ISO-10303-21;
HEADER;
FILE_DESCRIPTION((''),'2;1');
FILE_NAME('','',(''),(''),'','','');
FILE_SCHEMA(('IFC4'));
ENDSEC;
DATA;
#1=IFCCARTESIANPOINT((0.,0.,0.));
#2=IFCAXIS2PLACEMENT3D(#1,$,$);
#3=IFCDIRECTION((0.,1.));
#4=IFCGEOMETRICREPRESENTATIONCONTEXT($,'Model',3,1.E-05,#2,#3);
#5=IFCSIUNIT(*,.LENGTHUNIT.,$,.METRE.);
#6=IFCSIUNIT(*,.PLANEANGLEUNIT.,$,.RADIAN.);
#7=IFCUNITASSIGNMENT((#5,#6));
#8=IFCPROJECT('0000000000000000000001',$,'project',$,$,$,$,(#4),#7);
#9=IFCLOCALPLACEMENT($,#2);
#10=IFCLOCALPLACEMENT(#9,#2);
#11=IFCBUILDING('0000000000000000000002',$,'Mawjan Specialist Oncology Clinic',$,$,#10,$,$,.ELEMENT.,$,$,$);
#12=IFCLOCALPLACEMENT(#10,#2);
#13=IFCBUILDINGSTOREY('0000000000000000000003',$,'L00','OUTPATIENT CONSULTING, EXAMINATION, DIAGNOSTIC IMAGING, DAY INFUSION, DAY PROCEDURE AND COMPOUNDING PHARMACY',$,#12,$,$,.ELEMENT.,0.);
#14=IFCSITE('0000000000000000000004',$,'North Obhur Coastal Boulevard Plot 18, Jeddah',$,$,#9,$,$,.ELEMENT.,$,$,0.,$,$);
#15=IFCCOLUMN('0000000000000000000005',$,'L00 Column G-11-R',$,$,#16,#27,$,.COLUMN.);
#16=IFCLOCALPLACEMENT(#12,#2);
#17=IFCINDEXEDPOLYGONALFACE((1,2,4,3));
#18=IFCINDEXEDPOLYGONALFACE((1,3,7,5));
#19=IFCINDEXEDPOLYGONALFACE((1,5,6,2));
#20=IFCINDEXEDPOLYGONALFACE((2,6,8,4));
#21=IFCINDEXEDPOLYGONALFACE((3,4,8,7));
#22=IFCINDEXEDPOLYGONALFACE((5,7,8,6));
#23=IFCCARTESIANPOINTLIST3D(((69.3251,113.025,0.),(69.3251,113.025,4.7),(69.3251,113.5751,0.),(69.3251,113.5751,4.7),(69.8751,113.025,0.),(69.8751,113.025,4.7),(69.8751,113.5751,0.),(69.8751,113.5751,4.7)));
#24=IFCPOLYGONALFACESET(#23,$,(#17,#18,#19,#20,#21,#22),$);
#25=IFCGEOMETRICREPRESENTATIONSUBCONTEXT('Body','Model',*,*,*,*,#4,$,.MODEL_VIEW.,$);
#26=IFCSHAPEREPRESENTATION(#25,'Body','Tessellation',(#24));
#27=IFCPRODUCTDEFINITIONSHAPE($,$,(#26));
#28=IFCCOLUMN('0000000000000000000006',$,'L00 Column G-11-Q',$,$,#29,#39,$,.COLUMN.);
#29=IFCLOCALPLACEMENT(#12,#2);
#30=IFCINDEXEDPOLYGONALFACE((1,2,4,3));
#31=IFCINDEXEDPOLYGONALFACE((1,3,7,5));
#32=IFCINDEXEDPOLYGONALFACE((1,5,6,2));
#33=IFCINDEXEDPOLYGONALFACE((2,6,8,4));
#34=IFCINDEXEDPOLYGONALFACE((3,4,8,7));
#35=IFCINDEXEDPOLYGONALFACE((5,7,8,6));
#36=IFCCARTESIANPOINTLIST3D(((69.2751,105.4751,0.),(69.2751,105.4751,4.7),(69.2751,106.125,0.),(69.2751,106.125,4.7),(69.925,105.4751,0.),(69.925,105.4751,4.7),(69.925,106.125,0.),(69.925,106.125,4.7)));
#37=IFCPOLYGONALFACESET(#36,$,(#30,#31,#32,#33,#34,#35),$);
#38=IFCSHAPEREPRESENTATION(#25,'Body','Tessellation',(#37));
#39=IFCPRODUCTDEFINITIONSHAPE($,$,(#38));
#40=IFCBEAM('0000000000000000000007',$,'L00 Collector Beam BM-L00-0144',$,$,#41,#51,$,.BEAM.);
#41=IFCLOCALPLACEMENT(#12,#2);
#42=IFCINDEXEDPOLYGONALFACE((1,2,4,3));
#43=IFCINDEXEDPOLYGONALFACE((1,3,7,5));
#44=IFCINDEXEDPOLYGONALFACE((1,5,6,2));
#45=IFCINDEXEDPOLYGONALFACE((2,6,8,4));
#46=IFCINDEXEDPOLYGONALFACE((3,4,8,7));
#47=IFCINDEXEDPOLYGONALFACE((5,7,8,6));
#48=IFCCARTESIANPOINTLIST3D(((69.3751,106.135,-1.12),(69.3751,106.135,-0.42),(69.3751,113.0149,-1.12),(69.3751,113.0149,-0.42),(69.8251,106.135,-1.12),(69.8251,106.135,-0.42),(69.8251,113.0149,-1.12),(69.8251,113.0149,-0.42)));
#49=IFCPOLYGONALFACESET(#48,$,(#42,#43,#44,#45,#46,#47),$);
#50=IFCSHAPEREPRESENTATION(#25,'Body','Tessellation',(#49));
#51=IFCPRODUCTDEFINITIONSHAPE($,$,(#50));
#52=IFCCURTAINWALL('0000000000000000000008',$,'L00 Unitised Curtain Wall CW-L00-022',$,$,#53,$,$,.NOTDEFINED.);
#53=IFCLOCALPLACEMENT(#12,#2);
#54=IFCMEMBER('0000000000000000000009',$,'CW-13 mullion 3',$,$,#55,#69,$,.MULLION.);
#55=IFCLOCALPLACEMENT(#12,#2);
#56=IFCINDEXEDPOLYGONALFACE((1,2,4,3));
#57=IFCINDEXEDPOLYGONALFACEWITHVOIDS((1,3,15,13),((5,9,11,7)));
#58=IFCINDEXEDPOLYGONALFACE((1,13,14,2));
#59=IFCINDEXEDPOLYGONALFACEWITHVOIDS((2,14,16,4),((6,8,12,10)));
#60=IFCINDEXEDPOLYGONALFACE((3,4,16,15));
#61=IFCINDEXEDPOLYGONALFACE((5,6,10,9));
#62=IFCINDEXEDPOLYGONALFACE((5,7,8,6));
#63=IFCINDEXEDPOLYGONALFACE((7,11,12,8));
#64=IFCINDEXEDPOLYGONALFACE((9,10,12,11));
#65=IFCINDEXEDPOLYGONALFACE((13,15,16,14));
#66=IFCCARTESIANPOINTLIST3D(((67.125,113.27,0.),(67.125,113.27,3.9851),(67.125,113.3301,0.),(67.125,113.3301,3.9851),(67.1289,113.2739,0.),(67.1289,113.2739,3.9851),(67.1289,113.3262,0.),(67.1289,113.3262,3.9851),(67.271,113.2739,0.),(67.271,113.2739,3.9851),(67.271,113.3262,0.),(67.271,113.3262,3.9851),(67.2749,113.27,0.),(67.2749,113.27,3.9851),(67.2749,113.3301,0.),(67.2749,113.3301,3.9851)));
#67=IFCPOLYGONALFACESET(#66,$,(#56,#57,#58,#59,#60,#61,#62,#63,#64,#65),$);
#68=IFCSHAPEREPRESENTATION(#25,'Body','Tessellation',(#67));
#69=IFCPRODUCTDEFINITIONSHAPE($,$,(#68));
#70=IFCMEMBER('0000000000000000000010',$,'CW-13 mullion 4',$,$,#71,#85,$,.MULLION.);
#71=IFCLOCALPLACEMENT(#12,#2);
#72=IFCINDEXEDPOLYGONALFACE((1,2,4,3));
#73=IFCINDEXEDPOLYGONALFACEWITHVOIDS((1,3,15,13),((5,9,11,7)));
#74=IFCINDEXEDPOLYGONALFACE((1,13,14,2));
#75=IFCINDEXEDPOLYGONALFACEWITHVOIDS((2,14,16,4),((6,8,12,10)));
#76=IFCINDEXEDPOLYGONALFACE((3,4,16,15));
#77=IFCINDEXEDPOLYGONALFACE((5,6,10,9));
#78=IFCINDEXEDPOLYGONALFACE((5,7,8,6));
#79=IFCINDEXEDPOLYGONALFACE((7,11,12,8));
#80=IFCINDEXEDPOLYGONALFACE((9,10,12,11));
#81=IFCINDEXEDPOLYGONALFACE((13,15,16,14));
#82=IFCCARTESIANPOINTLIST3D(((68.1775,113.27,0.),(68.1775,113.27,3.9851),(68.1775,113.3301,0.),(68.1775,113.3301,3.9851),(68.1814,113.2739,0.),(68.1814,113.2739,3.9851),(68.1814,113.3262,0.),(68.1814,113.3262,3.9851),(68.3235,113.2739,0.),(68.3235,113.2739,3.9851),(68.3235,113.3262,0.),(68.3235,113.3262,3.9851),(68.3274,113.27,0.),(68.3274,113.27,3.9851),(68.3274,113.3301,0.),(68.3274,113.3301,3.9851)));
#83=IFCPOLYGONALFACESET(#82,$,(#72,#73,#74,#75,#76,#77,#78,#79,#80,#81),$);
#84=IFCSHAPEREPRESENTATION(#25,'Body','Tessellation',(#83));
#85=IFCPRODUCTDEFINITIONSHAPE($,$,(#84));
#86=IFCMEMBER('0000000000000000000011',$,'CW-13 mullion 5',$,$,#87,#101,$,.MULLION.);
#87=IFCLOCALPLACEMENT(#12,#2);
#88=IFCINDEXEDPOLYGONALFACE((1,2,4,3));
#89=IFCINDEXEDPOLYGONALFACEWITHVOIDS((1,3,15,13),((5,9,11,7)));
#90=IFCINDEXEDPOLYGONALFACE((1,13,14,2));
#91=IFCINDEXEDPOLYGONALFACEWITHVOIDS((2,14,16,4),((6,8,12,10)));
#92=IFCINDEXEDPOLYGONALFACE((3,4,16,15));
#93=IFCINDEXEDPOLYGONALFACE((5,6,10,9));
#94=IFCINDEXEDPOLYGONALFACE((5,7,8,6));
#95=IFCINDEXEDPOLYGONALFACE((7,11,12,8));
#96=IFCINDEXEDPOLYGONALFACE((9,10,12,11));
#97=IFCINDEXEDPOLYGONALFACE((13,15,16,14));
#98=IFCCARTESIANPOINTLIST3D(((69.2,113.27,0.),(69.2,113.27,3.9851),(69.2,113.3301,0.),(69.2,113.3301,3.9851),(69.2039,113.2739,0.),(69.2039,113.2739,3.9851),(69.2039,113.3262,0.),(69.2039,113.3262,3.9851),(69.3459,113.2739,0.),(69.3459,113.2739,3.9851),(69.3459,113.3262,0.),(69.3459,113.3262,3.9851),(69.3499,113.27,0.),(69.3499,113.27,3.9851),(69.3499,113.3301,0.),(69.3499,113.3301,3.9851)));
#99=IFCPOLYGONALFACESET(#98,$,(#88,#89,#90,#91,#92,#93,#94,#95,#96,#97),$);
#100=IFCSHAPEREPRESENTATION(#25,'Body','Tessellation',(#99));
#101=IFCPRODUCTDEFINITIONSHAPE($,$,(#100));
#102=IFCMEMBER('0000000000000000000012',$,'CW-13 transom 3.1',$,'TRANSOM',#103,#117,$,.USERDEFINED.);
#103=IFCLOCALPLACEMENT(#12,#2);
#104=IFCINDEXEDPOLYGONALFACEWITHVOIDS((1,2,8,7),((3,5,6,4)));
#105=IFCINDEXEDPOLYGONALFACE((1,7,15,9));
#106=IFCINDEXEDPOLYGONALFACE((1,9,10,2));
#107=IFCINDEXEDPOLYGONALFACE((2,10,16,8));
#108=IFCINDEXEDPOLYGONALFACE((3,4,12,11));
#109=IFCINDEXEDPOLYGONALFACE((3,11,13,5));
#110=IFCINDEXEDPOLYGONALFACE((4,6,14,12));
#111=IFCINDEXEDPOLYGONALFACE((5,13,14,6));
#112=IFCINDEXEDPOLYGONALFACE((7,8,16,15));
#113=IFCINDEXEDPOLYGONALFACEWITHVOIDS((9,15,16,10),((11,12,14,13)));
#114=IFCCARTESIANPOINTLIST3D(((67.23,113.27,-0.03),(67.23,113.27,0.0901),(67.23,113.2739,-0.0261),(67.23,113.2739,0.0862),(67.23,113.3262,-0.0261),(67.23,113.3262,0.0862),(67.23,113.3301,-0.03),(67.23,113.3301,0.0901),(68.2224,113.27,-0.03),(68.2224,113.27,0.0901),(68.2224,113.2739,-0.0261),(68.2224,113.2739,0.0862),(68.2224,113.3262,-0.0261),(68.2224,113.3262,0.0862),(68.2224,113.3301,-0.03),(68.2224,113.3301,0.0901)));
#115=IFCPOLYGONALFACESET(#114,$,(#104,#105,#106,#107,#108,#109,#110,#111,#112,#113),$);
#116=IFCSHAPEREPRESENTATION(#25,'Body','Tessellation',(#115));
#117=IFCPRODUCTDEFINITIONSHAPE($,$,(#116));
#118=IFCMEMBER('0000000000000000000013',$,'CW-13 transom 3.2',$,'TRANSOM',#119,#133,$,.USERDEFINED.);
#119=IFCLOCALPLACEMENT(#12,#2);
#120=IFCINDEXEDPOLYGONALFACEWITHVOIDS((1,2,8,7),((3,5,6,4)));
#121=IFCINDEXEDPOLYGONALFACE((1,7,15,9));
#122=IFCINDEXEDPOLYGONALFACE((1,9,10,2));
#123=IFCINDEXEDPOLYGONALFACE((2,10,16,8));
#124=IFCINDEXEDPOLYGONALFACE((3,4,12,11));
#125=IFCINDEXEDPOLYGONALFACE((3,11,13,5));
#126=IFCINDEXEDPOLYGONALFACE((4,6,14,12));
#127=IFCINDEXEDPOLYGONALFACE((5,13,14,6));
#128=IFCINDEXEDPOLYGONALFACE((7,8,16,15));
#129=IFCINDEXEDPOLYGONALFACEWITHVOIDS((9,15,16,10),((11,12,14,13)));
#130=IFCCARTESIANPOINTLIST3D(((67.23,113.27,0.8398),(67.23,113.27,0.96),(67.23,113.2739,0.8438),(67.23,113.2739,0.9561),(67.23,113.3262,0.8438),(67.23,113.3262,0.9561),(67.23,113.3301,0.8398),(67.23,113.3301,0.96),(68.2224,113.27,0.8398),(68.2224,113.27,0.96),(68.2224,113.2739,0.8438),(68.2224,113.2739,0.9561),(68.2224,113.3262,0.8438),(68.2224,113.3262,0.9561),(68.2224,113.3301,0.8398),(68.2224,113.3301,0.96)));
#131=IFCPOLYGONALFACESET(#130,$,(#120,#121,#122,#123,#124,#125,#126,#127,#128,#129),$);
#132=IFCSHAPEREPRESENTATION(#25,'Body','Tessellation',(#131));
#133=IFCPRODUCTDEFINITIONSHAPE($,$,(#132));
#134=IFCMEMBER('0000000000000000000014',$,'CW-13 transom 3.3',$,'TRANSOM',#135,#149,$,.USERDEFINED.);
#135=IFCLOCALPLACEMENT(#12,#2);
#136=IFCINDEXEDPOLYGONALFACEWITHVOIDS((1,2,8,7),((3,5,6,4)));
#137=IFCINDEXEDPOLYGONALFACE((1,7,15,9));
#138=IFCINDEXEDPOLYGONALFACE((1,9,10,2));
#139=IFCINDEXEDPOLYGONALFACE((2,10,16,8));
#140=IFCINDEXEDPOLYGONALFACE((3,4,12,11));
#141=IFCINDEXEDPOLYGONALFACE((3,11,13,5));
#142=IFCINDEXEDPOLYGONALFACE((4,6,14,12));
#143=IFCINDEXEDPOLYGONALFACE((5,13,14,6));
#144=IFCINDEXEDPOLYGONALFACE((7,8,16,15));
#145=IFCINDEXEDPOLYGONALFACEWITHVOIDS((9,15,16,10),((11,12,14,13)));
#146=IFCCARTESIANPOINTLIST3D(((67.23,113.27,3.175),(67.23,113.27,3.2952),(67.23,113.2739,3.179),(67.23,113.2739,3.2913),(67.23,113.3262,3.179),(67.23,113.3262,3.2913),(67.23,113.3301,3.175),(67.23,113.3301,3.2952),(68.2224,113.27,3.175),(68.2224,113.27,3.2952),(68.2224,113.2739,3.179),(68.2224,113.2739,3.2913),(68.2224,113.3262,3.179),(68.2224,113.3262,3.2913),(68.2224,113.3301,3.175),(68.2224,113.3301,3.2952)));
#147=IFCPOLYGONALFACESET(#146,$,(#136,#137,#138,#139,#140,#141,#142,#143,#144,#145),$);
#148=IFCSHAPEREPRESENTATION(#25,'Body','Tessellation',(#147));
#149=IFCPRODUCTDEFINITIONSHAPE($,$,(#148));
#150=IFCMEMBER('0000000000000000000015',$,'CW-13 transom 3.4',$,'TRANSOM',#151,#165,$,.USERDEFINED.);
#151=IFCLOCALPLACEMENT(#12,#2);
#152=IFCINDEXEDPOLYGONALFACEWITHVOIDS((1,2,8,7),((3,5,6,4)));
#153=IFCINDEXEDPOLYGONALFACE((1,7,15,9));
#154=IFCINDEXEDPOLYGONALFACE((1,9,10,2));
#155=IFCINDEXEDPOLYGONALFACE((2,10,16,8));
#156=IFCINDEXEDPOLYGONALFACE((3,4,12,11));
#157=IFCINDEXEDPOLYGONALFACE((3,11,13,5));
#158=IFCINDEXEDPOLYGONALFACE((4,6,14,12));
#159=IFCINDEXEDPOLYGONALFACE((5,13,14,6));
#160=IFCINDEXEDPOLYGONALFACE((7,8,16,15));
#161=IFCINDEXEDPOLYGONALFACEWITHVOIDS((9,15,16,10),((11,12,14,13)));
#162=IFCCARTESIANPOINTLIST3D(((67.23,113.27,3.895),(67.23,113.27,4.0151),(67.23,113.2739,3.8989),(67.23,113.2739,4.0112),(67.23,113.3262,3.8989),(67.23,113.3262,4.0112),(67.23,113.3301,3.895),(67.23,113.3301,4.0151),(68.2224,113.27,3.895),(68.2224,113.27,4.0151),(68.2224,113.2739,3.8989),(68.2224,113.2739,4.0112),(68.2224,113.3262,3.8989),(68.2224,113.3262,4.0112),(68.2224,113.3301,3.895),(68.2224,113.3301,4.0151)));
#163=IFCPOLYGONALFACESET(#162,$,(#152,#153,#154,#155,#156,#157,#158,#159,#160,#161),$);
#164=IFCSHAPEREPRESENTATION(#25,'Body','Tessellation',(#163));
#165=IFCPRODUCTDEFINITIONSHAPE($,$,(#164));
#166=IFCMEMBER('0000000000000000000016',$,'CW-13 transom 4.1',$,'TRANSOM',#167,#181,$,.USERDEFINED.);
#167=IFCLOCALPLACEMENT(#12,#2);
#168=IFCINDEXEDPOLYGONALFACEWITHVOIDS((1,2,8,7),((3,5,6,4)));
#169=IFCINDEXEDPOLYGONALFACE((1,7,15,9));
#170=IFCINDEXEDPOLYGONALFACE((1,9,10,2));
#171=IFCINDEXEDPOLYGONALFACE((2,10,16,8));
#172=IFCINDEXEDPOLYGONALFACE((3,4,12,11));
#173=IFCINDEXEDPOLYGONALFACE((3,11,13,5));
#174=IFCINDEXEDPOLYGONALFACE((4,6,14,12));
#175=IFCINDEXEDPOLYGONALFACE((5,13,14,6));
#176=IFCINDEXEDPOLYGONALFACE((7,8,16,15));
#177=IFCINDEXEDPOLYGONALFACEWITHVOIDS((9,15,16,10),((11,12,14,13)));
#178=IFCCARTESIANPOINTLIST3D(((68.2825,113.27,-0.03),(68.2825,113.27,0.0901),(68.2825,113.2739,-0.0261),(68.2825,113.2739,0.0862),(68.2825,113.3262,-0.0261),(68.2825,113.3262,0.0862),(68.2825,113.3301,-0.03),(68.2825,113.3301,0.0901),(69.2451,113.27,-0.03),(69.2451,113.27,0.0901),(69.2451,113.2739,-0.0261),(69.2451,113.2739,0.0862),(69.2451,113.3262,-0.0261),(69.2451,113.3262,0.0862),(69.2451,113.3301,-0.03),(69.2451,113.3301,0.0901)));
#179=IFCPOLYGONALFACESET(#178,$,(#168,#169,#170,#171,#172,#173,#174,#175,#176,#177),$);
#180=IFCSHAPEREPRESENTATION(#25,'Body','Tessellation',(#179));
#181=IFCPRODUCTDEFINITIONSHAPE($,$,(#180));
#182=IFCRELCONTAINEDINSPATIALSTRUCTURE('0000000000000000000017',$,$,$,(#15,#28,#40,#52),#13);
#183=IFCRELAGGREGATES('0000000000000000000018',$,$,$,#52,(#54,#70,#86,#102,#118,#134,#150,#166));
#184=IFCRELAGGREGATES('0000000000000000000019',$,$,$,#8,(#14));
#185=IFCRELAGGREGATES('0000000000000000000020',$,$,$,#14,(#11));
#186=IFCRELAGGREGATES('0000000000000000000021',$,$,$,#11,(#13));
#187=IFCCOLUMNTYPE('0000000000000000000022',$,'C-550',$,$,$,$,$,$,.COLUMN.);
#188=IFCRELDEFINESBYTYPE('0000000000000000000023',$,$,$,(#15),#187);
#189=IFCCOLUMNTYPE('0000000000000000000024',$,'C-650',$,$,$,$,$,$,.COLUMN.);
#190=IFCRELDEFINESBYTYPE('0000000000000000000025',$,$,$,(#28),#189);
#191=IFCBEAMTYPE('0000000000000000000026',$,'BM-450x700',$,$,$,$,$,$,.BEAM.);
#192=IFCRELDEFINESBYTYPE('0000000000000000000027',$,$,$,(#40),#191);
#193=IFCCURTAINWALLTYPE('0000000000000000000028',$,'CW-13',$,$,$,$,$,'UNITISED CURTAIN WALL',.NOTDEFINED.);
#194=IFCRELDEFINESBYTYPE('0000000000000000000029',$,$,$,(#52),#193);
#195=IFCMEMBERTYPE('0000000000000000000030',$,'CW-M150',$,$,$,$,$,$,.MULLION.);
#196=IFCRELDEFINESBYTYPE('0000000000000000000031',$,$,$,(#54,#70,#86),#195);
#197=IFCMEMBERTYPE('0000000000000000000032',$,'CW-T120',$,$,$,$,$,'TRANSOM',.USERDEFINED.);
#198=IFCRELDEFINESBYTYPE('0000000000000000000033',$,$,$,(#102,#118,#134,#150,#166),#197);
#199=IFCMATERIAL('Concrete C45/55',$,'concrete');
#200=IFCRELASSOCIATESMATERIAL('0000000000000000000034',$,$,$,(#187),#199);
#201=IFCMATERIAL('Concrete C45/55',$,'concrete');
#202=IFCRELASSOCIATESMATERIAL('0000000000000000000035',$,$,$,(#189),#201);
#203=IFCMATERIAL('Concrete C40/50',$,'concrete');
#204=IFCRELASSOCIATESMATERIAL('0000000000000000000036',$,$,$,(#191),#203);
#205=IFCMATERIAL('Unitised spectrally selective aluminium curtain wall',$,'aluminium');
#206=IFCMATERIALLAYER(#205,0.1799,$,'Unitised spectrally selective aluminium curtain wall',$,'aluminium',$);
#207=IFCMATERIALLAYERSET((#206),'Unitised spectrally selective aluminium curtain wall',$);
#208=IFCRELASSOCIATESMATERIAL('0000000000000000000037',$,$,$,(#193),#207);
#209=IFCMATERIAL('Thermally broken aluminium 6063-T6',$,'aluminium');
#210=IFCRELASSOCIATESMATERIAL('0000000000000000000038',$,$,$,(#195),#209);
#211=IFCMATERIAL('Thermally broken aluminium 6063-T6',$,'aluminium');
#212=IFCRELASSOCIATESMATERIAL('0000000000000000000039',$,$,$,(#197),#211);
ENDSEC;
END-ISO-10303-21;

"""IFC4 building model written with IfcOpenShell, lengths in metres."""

from ifc_helpers import new_model, si_unit, direction, frame, origin, origin_2d, place, context, subcontext, project, spatial, rectangle, hollow_rectangle, extrude, material, layer, layer_set, material_profile, profile_set, type_object, element, aggregate, save


model = new_model("IFC4")

# Units and contexts
model_context = context("Model", 3, precision=1e-05, world=origin(), true_north=direction((0.0, 1.0)))
body_context = subcontext(model_context, "Body", "Model", "MODEL_VIEW")
ifc_project = project(units=[si_unit("LENGTHUNIT", "METRE"), si_unit("PLANEANGLEUNIT", "RADIAN")], contexts=[model_context])

# Site, building, storey
site_placement = place(None, origin())
site = spatial("IfcSite", under=ifc_project, at=site_placement, Name="North Obhur Coastal Boulevard Plot 18, Jeddah", CompositionType="ELEMENT", RefElevation=0.0)
building_placement = place(site_placement, origin())
building = spatial("IfcBuilding", under=site, at=building_placement, Name="Mawjan Specialist Oncology Clinic", CompositionType="ELEMENT")
storey_placement = place(building_placement, origin())
storey = spatial("IfcBuildingStorey", under=building, at=storey_placement, Name="L00", Description="OUTPATIENT CONSULTING, EXAMINATION, DIAGNOSTIC IMAGING, DAY INFUSION, DAY PROCEDURE AND COMPOUNDING PHARMACY", CompositionType="ELEMENT", Elevation=0.0)

# Columns
ifc_material_1 = material(Name="Concrete C45/55", Category="concrete")
ifc_material_profile_1 = material_profile(ifc_material_1, rectangle(XDim=0.55, YDim=0.55, at=origin_2d()), Name="RC COL 550x550", Category="concrete")
ifc_profile_set_1 = profile_set([ifc_material_profile_1], Name="Concrete C45/55")
column_type_1 = type_object("IfcColumnType", Name="C-550", PredefinedType="COLUMN", material=ifc_profile_set_1)
column_1_placement = place(storey_placement, frame((69.6001, 113.3, 0.0), z_axis=(0.0, 0.0, 1.0), x_axis=(1.0, 0.0, 0.0)))
element("IfcColumn", 1, at=column_1_placement, inside=storey, type_object=column_type_1, Name="L00 Column G-11-R", PredefinedType="COLUMN", context=body_context, shape_type="SweptSolid", body=[
    extrude(rectangle(XDim=0.55, YDim=0.55, at=origin_2d()), origin(), (0.0, 0.0, 1.0), 4.7),
])
ifc_material_2 = material(Name="Concrete C45/55", Category="concrete")
ifc_material_profile_2 = material_profile(ifc_material_2, rectangle(XDim=0.6499, YDim=0.6499, at=origin_2d()), Name="RC COL 650x650", Category="concrete")
ifc_profile_set_2 = profile_set([ifc_material_profile_2], Name="Concrete C45/55")
column_type_2 = type_object("IfcColumnType", Name="C-650", PredefinedType="COLUMN", material=ifc_profile_set_2)
column_2_placement = place(storey_placement, frame((69.6001, 105.8, 0.0), z_axis=(0.0, 0.0, 1.0), x_axis=(1.0, 0.0, 0.0)))
element("IfcColumn", 2, at=column_2_placement, inside=storey, type_object=column_type_2, Name="L00 Column G-11-Q", PredefinedType="COLUMN", context=body_context, shape_type="SweptSolid", body=[
    extrude(rectangle(XDim=0.6499, YDim=0.6499, at=origin_2d()), origin(), (0.0, 0.0, 1.0), 4.7),
])

# Beam
ifc_material_3 = material(Name="Concrete C40/50", Category="concrete")
ifc_material_profile_3 = material_profile(ifc_material_3, rectangle(XDim=0.45, YDim=0.7, at=origin_2d()), Name="RC BM 450x700", Category="concrete")
ifc_profile_set_3 = profile_set([ifc_material_profile_3], Name="Concrete C40/50")
beam_type = type_object("IfcBeamType", Name="BM-450x700", PredefinedType="BEAM", material=ifc_profile_set_3)
beam_placement = place(storey_placement, frame((69.6001, 106.135, -0.77), z_axis=(0.0, 1.0, 0.0), x_axis=(-1.0, 0.0, 0.0)))
element("IfcBeam", 3, at=beam_placement, inside=storey, type_object=beam_type, Name="L00 Collector Beam BM-L00-0144", PredefinedType="BEAM", context=body_context, shape_type="SweptSolid", body=[
    extrude(rectangle(XDim=0.45, YDim=0.7, at=origin_2d()), origin(), (0.0, 0.0, 1.0), 6.8799),
])

# Curtain wall, members
ifc_material_4 = material(Name="Unitised spectrally selective aluminium curtain wall", Category="aluminium")
ifc_layer_1 = layer(ifc_material_4, 0.1799, Name="Unitised spectrally selective aluminium curtain wall", Category="aluminium")
ifc_layer_set_1 = layer_set([ifc_layer_1], Name="Unitised spectrally selective aluminium curtain wall")
curtain_wall_type = type_object("IfcCurtainWallType", Name="CW-13", ElementType="UNITISED CURTAIN WALL", PredefinedType="NOTDEFINED", material=ifc_layer_set_1)
curtain_wall_placement = place(storey_placement, origin())
curtain_wall = element("IfcCurtainWall", 4, at=curtain_wall_placement, inside=storey, type_object=curtain_wall_type, Name="L00 Unitised Curtain Wall CW-L00-022", PredefinedType="NOTDEFINED")
ifc_material_5 = material(Name="Thermally broken aluminium 6063-T6", Category="aluminium")
ifc_material_profile_4 = material_profile(ifc_material_5, hollow_rectangle(XDim=0.0601, YDim=0.1499, WallThickness=0.0039, at=origin_2d()), Name="ALU MULLION 150x60x4", Category="aluminium")
ifc_profile_set_4 = profile_set([ifc_material_profile_4], Name="Thermally broken aluminium 6063-T6")
member_type_1 = type_object("IfcMemberType", Name="CW-M150", PredefinedType="MULLION", material=ifc_profile_set_4)
member_1_placement = place(storey_placement, frame((67.2, 113.3, 0.0), z_axis=(0.0, 0.0, 1.0), x_axis=(0.0, 1.0, 0.0)))
member_1 = element("IfcMember", 5, at=member_1_placement, type_object=member_type_1, Name="CW-13 mullion 3", PredefinedType="MULLION", context=body_context, shape_type="SweptSolid", body=[
    extrude(hollow_rectangle(XDim=0.0601, YDim=0.1499, WallThickness=0.0039, at=origin_2d()), origin(), (0.0, 0.0, 1.0), 3.9851),
])
member_2_placement = place(storey_placement, frame((68.2524, 113.3, 0.0), z_axis=(0.0, 0.0, 1.0), x_axis=(0.0, 1.0, 0.0)))
member_2 = element("IfcMember", 6, at=member_2_placement, type_object=member_type_1, Name="CW-13 mullion 4", PredefinedType="MULLION", context=body_context, shape_type="SweptSolid", body=[
    extrude(hollow_rectangle(XDim=0.0601, YDim=0.1499, WallThickness=0.0039, at=origin_2d()), origin(), (0.0, 0.0, 1.0), 3.9851),
])
member_3_placement = place(storey_placement, frame((69.2749, 113.3, 0.0), z_axis=(0.0, 0.0, 1.0), x_axis=(0.0, 1.0, 0.0)))
member_3 = element("IfcMember", 7, at=member_3_placement, type_object=member_type_1, Name="CW-13 mullion 5", PredefinedType="MULLION", context=body_context, shape_type="SweptSolid", body=[
    extrude(hollow_rectangle(XDim=0.0601, YDim=0.1499, WallThickness=0.0039, at=origin_2d()), origin(), (0.0, 0.0, 1.0), 3.9851),
])
ifc_material_6 = material(Name="Thermally broken aluminium 6063-T6", Category="aluminium")
ifc_material_profile_5 = material_profile(ifc_material_6, hollow_rectangle(XDim=0.0601, YDim=0.1201, WallThickness=0.0039, at=origin_2d()), Name="ALU TRANSOM 120x60x4", Category="aluminium")
ifc_profile_set_5 = profile_set([ifc_material_profile_5], Name="Thermally broken aluminium 6063-T6")
member_type_2 = type_object("IfcMemberType", Name="CW-T120", ElementType="TRANSOM", PredefinedType="USERDEFINED", material=ifc_profile_set_5)
member_4_placement = place(storey_placement, frame((67.23, 113.3, 0.03), z_axis=(1.0, 0.0, 0.0), x_axis=(0.0, 1.0, 0.0)))
member_4 = element("IfcMember", 8, at=member_4_placement, type_object=member_type_2, Name="CW-13 transom 3.1", ObjectType="TRANSOM", PredefinedType="USERDEFINED", context=body_context, shape_type="SweptSolid", body=[
    extrude(hollow_rectangle(XDim=0.0601, YDim=0.1201, WallThickness=0.0039, at=origin_2d()), origin(), (0.0, 0.0, 1.0), 0.9924),
])
member_5_placement = place(storey_placement, frame((67.23, 113.3, 0.8999), z_axis=(1.0, 0.0, 0.0), x_axis=(0.0, 1.0, 0.0)))
member_5 = element("IfcMember", 9, at=member_5_placement, type_object=member_type_2, Name="CW-13 transom 3.2", ObjectType="TRANSOM", PredefinedType="USERDEFINED", context=body_context, shape_type="SweptSolid", body=[
    extrude(hollow_rectangle(XDim=0.0601, YDim=0.1201, WallThickness=0.0039, at=origin_2d()), origin(), (0.0, 0.0, 1.0), 0.9924),
])
member_6_placement = place(storey_placement, frame((67.23, 113.3, 3.2351), z_axis=(1.0, 0.0, 0.0), x_axis=(0.0, 1.0, 0.0)))
member_6 = element("IfcMember", 10, at=member_6_placement, type_object=member_type_2, Name="CW-13 transom 3.3", ObjectType="TRANSOM", PredefinedType="USERDEFINED", context=body_context, shape_type="SweptSolid", body=[
    extrude(hollow_rectangle(XDim=0.0601, YDim=0.1201, WallThickness=0.0039, at=origin_2d()), origin(), (0.0, 0.0, 1.0), 0.9924),
])
member_7_placement = place(storey_placement, frame((67.23, 113.3, 3.9551), z_axis=(1.0, 0.0, 0.0), x_axis=(0.0, 1.0, 0.0)))
member_7 = element("IfcMember", 11, at=member_7_placement, type_object=member_type_2, Name="CW-13 transom 3.4", ObjectType="TRANSOM", PredefinedType="USERDEFINED", context=body_context, shape_type="SweptSolid", body=[
    extrude(hollow_rectangle(XDim=0.0601, YDim=0.1201, WallThickness=0.0039, at=origin_2d()), origin(), (0.0, 0.0, 1.0), 0.9924),
])
member_8_placement = place(storey_placement, frame((68.2825, 113.3, 0.03), z_axis=(1.0, 0.0, 0.0), x_axis=(0.0, 1.0, 0.0)))
member_8 = element("IfcMember", 12, at=member_8_placement, type_object=member_type_2, Name="CW-13 transom 4.1", ObjectType="TRANSOM", PredefinedType="USERDEFINED", context=body_context, shape_type="SweptSolid", body=[
    extrude(hollow_rectangle(XDim=0.0601, YDim=0.1201, WallThickness=0.0039, at=origin_2d()), origin(), (0.0, 0.0, 1.0), 0.9626),
])
aggregate(curtain_wall, [member_1, member_2, member_3, member_4, member_5, member_6, member_7, member_8])

save(model, "model.ifc")
